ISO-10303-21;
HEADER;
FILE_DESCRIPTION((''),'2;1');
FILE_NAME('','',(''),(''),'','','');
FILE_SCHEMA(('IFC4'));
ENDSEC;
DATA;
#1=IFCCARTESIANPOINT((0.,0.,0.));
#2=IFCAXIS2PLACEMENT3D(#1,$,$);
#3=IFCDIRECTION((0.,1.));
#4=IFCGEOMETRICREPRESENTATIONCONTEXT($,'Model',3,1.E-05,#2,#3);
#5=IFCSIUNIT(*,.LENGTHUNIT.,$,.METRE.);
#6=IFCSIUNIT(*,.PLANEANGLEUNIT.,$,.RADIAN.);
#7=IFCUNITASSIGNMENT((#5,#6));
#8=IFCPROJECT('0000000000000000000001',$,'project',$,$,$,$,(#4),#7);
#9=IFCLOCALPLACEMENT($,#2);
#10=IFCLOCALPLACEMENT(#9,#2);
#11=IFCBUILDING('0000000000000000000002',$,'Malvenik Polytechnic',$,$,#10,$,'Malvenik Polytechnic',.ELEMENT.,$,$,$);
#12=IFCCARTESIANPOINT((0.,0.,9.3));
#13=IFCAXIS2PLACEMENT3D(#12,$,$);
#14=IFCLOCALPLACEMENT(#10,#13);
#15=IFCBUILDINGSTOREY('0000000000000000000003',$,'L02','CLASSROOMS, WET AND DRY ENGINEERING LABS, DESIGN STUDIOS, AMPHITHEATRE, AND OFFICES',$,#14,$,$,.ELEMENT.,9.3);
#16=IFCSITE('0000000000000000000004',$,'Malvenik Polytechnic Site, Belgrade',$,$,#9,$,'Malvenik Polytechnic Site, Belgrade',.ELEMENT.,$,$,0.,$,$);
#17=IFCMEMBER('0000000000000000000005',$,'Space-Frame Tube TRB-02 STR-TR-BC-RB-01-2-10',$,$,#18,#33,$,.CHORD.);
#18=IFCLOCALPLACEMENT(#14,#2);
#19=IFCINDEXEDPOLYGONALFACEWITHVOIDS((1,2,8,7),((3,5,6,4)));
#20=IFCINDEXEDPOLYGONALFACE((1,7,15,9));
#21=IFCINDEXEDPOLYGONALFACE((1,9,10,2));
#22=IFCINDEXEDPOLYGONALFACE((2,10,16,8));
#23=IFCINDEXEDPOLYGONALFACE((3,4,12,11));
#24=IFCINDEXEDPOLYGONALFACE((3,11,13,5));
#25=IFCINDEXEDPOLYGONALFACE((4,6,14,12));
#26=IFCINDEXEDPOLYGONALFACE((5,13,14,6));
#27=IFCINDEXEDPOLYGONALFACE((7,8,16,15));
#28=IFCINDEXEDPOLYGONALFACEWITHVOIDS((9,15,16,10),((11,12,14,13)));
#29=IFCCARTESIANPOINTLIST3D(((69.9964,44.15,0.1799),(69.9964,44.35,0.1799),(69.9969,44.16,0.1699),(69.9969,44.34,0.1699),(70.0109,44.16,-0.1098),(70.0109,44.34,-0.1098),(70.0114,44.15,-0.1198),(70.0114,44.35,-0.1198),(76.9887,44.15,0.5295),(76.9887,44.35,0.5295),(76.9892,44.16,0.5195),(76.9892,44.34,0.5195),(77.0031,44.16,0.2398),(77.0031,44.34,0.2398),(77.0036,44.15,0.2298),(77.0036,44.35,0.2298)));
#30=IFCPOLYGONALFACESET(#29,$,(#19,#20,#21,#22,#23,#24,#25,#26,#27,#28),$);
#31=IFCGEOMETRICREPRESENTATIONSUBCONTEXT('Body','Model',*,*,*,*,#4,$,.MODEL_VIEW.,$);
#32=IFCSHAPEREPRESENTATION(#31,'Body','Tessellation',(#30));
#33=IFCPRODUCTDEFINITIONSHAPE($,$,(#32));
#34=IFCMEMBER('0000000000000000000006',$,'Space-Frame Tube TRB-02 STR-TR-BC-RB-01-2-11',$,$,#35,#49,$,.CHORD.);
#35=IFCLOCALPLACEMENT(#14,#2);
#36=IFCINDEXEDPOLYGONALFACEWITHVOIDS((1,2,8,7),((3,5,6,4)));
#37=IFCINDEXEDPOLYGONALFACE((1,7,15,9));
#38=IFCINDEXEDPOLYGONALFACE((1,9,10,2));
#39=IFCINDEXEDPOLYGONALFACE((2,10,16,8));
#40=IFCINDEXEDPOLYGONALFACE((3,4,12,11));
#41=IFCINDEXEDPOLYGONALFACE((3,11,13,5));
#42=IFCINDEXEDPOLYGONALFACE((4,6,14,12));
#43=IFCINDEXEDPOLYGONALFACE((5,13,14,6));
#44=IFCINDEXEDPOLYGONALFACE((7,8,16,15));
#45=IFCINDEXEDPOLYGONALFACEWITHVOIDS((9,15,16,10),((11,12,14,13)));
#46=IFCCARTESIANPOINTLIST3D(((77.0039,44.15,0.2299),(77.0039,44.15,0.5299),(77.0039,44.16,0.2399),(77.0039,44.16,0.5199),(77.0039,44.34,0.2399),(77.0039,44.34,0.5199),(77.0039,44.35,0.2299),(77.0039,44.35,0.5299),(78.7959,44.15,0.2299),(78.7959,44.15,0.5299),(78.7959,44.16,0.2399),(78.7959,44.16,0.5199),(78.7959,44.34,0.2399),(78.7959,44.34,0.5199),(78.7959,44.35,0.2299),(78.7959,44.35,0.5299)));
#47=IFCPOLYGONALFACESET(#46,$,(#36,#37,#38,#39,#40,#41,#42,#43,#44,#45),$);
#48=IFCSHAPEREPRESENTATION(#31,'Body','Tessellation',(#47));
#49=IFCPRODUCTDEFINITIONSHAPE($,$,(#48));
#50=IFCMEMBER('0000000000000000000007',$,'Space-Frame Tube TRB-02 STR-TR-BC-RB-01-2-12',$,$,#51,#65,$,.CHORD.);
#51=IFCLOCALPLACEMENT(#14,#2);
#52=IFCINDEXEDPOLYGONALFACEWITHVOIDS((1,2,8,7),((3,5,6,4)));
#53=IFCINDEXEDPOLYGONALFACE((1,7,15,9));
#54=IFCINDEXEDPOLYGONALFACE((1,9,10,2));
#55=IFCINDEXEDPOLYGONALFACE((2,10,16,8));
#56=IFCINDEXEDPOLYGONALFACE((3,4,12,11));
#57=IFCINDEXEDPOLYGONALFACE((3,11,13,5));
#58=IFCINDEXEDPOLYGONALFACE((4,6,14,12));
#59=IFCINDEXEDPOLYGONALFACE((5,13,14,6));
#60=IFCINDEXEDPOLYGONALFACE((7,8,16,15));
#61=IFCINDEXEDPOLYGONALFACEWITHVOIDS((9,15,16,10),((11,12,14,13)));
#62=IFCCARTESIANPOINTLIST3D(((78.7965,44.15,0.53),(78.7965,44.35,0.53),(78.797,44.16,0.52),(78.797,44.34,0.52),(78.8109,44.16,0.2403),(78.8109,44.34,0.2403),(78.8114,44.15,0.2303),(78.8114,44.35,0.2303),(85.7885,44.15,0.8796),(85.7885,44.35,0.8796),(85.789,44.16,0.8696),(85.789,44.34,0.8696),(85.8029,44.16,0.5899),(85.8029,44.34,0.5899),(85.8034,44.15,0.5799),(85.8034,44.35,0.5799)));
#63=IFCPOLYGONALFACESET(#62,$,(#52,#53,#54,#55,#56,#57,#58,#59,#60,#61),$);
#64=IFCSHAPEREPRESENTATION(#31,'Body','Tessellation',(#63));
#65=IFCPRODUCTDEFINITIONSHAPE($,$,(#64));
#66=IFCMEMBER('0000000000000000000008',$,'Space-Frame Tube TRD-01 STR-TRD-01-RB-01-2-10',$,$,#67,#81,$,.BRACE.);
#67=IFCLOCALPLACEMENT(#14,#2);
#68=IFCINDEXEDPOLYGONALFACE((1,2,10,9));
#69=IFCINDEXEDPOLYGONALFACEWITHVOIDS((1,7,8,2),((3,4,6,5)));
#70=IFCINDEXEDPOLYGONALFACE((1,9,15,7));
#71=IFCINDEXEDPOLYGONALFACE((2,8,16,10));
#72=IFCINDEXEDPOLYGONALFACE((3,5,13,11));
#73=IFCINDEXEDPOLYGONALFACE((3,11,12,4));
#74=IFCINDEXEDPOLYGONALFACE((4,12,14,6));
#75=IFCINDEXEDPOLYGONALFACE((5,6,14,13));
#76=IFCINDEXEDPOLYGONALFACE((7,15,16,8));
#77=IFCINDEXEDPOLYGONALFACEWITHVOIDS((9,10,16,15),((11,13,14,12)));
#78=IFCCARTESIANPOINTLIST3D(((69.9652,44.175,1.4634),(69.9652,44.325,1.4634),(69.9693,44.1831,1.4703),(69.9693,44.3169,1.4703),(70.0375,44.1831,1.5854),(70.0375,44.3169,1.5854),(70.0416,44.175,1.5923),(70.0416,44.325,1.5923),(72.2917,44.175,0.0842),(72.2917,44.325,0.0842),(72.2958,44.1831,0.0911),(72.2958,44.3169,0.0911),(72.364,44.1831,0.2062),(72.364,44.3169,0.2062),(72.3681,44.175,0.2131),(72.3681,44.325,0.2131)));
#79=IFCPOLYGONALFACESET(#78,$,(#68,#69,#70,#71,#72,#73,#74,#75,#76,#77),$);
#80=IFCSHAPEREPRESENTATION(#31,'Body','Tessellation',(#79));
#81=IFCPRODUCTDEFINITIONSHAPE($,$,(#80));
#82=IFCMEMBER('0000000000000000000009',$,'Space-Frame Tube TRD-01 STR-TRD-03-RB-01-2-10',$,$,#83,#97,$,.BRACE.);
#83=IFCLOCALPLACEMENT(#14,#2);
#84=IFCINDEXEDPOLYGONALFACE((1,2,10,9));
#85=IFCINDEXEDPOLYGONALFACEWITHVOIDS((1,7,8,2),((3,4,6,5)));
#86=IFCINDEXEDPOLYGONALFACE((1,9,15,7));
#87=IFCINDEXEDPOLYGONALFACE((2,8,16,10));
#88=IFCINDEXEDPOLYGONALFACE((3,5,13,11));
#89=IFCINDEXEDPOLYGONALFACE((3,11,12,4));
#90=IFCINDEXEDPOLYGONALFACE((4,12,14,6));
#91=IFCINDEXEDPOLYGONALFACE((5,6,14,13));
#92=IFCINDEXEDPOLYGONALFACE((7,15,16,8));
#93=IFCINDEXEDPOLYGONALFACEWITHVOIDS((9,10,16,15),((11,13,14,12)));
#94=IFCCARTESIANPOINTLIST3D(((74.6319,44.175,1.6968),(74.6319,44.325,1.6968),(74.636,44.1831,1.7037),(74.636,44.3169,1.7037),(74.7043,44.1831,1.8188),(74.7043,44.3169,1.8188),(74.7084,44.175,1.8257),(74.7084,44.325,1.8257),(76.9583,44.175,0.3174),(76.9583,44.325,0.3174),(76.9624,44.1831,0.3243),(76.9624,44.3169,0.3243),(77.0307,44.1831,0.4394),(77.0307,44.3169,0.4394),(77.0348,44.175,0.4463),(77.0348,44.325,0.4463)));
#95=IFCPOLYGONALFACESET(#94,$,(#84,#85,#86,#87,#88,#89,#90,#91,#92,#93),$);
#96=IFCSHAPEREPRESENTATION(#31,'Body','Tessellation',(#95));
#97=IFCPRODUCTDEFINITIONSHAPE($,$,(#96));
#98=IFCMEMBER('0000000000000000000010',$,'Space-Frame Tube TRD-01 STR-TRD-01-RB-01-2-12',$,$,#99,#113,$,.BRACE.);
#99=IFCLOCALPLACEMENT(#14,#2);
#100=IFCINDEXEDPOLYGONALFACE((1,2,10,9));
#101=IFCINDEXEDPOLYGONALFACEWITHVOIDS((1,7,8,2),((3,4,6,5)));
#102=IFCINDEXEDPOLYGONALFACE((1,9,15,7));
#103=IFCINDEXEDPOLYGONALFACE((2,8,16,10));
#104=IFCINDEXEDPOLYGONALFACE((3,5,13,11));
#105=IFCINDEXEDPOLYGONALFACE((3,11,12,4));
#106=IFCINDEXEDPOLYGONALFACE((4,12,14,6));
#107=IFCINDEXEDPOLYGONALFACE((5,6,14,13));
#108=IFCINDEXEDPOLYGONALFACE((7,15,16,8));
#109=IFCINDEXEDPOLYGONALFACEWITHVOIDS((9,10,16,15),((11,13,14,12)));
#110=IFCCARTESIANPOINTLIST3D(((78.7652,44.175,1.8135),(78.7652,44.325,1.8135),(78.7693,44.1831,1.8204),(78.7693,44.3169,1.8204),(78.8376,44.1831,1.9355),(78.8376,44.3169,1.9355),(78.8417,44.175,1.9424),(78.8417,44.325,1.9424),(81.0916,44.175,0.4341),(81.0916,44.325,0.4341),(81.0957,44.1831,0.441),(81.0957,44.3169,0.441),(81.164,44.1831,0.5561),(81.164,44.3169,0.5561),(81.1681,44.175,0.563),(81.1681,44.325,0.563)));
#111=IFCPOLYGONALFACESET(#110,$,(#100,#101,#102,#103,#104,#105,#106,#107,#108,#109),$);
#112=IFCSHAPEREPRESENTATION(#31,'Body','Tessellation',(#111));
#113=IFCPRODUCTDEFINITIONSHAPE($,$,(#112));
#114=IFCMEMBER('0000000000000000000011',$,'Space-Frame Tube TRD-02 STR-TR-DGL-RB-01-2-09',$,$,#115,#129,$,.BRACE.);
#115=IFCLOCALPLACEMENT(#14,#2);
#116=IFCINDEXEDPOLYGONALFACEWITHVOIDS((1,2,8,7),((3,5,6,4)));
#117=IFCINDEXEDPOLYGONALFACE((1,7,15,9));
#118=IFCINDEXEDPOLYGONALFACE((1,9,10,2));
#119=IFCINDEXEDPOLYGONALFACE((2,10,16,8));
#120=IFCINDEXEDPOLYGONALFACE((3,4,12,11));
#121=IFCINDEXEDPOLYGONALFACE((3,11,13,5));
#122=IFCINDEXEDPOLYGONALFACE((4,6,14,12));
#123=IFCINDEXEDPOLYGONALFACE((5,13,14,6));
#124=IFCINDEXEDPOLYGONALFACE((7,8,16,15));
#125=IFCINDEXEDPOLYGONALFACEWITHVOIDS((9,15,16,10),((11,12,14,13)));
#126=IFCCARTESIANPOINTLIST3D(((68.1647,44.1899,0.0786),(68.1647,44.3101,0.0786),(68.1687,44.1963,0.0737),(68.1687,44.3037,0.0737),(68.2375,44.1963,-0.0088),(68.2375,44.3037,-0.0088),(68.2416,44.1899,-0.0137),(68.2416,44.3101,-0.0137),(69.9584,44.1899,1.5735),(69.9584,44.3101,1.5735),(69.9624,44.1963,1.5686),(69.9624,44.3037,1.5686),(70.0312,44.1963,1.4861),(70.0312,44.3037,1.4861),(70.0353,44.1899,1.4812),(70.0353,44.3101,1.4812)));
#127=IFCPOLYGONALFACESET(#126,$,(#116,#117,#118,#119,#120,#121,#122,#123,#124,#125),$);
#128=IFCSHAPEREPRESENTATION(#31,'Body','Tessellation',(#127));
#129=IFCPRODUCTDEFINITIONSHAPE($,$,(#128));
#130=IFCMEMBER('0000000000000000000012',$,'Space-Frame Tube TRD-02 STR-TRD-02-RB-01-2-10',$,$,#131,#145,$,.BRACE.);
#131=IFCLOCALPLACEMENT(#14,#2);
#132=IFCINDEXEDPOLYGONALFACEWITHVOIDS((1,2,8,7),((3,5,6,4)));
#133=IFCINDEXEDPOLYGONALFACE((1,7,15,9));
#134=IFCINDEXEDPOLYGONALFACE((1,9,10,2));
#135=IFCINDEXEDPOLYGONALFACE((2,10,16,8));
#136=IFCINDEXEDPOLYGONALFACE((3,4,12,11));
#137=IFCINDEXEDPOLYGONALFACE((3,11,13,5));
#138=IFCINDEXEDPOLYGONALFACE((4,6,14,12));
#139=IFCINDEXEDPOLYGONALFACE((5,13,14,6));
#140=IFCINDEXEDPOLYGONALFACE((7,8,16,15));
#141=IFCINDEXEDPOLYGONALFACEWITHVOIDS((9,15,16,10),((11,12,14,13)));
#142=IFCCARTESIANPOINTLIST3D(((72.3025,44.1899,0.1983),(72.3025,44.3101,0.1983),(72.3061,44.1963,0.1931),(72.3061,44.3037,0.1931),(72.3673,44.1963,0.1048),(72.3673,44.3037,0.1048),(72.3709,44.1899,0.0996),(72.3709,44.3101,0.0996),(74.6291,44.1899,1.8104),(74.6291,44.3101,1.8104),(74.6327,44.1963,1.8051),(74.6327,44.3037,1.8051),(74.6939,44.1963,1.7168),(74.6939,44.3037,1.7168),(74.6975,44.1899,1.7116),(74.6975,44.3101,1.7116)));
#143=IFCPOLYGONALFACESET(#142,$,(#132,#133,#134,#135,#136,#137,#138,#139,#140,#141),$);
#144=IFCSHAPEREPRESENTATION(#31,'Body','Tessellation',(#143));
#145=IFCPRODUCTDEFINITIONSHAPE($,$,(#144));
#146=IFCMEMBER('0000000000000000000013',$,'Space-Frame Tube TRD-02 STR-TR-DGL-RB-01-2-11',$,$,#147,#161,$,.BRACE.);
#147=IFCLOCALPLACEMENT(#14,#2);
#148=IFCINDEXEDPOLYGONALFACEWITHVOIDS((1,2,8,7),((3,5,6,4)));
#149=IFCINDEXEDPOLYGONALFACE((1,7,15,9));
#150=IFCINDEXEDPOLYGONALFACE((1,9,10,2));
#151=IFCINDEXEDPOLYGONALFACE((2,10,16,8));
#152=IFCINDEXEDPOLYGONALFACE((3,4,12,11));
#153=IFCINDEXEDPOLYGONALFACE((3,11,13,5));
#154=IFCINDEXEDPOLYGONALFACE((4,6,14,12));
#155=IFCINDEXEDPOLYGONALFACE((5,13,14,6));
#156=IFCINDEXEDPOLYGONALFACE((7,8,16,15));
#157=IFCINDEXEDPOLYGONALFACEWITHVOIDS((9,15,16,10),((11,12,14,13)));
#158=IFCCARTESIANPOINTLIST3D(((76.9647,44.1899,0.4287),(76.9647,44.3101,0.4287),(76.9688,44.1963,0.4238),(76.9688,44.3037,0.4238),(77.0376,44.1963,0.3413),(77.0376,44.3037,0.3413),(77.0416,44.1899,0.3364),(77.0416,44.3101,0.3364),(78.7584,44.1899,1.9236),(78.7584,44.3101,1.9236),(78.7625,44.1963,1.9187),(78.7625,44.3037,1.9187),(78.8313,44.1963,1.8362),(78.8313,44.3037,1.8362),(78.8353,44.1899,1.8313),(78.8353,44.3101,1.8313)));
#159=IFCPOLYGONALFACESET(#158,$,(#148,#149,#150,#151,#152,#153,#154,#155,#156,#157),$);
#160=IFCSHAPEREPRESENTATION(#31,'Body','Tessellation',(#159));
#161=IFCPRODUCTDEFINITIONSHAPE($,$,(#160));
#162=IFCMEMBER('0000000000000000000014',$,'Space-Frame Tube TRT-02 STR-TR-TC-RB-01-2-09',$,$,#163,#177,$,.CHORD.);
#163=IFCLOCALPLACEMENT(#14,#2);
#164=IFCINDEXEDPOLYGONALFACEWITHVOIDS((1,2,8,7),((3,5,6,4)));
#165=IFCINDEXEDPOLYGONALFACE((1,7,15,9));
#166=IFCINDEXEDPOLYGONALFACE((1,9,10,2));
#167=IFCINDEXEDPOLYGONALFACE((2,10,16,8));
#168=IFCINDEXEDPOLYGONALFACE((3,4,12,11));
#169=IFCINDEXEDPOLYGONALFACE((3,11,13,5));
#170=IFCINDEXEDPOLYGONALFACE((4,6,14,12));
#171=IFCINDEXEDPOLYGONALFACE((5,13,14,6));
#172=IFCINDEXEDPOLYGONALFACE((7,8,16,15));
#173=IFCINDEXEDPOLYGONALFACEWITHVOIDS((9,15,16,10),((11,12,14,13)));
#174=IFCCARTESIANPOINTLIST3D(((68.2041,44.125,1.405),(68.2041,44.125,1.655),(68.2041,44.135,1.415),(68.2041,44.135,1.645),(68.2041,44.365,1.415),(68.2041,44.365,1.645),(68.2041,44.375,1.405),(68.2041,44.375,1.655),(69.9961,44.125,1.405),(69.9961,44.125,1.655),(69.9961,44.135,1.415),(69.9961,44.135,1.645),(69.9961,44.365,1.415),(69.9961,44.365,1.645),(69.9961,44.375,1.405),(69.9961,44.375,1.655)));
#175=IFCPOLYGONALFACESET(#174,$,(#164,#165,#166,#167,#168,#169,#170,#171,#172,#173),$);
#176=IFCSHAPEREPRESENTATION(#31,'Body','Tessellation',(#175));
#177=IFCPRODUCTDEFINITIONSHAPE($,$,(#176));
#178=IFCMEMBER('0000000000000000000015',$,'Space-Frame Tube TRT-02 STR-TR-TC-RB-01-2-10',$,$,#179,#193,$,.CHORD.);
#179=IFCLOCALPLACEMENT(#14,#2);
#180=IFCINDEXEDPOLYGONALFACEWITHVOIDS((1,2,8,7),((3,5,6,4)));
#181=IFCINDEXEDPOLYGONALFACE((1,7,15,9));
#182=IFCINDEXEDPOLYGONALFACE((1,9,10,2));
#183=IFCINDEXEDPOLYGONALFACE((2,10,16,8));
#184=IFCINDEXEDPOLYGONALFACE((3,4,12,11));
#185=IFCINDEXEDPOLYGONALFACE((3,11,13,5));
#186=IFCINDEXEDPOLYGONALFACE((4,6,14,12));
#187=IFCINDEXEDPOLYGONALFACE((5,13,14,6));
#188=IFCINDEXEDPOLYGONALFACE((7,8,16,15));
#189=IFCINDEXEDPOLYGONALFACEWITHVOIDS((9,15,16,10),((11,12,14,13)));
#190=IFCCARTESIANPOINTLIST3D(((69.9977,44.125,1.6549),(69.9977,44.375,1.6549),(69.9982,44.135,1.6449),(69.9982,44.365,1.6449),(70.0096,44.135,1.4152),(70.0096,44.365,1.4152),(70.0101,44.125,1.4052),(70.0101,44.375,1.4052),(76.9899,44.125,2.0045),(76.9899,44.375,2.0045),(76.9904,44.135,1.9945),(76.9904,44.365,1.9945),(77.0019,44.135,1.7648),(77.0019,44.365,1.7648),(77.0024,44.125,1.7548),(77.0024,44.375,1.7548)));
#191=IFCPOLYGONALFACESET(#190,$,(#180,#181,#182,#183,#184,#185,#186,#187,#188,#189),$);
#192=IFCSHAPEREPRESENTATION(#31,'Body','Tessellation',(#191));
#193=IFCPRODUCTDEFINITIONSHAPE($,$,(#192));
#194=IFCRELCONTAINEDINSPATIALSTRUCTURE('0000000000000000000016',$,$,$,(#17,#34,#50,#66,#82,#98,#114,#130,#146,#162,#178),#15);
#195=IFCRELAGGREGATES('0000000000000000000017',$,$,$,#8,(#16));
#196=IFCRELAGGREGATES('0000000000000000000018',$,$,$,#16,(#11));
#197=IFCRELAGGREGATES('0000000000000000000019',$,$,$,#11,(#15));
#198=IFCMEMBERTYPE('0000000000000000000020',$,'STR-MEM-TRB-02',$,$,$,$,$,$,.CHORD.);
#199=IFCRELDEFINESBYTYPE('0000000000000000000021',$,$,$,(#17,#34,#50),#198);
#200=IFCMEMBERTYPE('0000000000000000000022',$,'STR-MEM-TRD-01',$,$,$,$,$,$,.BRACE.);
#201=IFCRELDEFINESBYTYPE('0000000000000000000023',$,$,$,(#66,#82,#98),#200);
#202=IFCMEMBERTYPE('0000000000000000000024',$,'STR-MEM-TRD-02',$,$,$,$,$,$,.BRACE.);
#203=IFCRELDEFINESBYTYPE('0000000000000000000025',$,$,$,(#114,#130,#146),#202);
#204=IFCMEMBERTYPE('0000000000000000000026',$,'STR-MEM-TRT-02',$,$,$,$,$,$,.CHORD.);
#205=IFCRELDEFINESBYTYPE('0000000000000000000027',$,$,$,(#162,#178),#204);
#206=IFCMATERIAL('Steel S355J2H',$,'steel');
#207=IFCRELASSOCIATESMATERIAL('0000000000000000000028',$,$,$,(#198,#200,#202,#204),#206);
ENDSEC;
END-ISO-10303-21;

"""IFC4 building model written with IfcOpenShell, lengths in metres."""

from ifc_helpers import new_model, si_unit, direction, frame, origin, origin_2d, place, context, subcontext, project, spatial, hollow_rectangle, extrude, material, material_profile, profile_set, type_object, element, save


model = new_model("IFC4")

# Units and contexts
model_context = context("Model", 3, precision=1e-05, world=origin(), true_north=direction((0.0, 1.0)))
body_context = subcontext(model_context, "Body", "Model", "MODEL_VIEW")
ifc_project = project(units=[si_unit("LENGTHUNIT", "METRE"), si_unit("PLANEANGLEUNIT", "RADIAN")], contexts=[model_context])

# Site, building, storey
site_placement = place(None, origin())
site = spatial("IfcSite", under=ifc_project, at=site_placement, Name="Malvenik Polytechnic Site, Belgrade", LongName="Malvenik Polytechnic Site, Belgrade", CompositionType="ELEMENT", RefElevation=0.0)
building_placement = place(site_placement, origin())
building = spatial("IfcBuilding", under=site, at=building_placement, Name="Malvenik Polytechnic", LongName="Malvenik Polytechnic", CompositionType="ELEMENT")
storey_placement = place(building_placement, frame((0.0, 0.0, 9.3)))
storey = spatial("IfcBuildingStorey", under=building, at=storey_placement, Name="L02", Description="CLASSROOMS, WET AND DRY ENGINEERING LABS, DESIGN STUDIOS, AMPHITHEATRE, AND OFFICES", CompositionType="ELEMENT", Elevation=9.3)

# Shared definitions
ifc_material_1 = material(Name="Steel S355J2H", Category="steel")

# Members
ifc_material_profile_1 = material_profile(ifc_material_1, hollow_rectangle(XDim=0.2, YDim=0.3, WallThickness=0.01, at=origin_2d()), Name="RHS 300x200x10.0")
ifc_profile_set_1 = profile_set([ifc_material_profile_1], Name="Steel S355J2H")
member_type_1 = type_object("IfcMemberType", Name="STR-MEM-TRB-02", PredefinedType="CHORD", material=ifc_profile_set_1)
member_1_placement = place(storey_placement, frame((70.0039, 44.25, 0.03), z_axis=(0.998752, 0.0, 0.049938), x_axis=(0.0, 1.0, 0.0)))
element("IfcMember", 1, at=member_1_placement, inside=storey, type_object=member_type_1, Name="Space-Frame Tube TRB-02 STR-TR-BC-RB-01-2-10", PredefinedType="CHORD", context=body_context, shape_type="SweptSolid", body=[
    extrude(hollow_rectangle(XDim=0.2, YDim=0.3, WallThickness=0.01, at=origin_2d()), origin(), (0.0, 0.0, 1.0), 7.001),
])
member_2_placement = place(storey_placement, frame((77.0039, 44.25, 0.3799), z_axis=(1.0, 0.0, 0.0), x_axis=(0.0, 1.0, 0.0)))
element("IfcMember", 2, at=member_2_placement, inside=storey, type_object=member_type_1, Name="Space-Frame Tube TRB-02 STR-TR-BC-RB-01-2-11", PredefinedType="CHORD", context=body_context, shape_type="SweptSolid", body=[
    extrude(hollow_rectangle(XDim=0.2, YDim=0.3, WallThickness=0.01, at=origin_2d()), origin(), (0.0, 0.0, 1.0), 1.792),
])
member_3_placement = place(storey_placement, frame((78.804, 44.25, 0.3801), z_axis=(0.998752, 0.0, 0.049939), x_axis=(0.0, 1.0, 0.0)))
element("IfcMember", 3, at=member_3_placement, inside=storey, type_object=member_type_1, Name="Space-Frame Tube TRB-02 STR-TR-BC-RB-01-2-12", PredefinedType="CHORD", context=body_context, shape_type="SweptSolid", body=[
    extrude(hollow_rectangle(XDim=0.2, YDim=0.3, WallThickness=0.01, at=origin_2d()), origin(), (0.0, 0.0, 1.0), 7.0007),
])
ifc_material_profile_2 = material_profile(ifc_material_1, hollow_rectangle(XDim=0.1499, YDim=0.1499, WallThickness=0.0081, at=origin_2d()), Name="SHS 150x150x8.0")
ifc_profile_set_2 = profile_set([ifc_material_profile_2], Name="Steel S355J2H")
member_type_2 = type_object("IfcMemberType", Name="STR-MEM-TRD-01", PredefinedType="BRACE", material=ifc_profile_set_2)
for number, where, z_axis, x_axis, name in (
    (4, (70.0034, 44.25, 1.5278), (0.860205, 0.0, -0.509948), (0.0, 1.0, 0.0), "Space-Frame Tube TRD-01 STR-TRD-01-RB-01-2-10"),
    (5, (74.6702, 44.25, 1.7612), (0.860165, 0.0, -0.510015), (0.0, 1.0, 0.0), "Space-Frame Tube TRD-01 STR-TRD-03-RB-01-2-10"),
    (6, (78.8035, 44.25, 1.8779), (0.860165, 0.0, -0.510015), (0.0, 1.0, 0.0), "Space-Frame Tube TRD-01 STR-TRD-01-RB-01-2-12"),
):
    element("IfcMember", number, at=place(storey_placement, frame(where, z_axis=z_axis, x_axis=x_axis)), inside=storey, type_object=member_type_2, Name=name, PredefinedType="BRACE", context=body_context, shape_type="SweptSolid", body=[
        extrude(hollow_rectangle(XDim=0.1499, YDim=0.1499, WallThickness=0.0081, at=origin_2d()), origin(), (0.0, 0.0, 1.0), 2.7046),
    ])
ifc_material_profile_3 = material_profile(ifc_material_1, hollow_rectangle(XDim=0.1201, YDim=0.1201, WallThickness=0.0063, at=origin_2d()), Name="SHS 120x120x6.3")
ifc_profile_set_3 = profile_set([ifc_material_profile_3], Name="Steel S355J2H")
member_type_3 = type_object("IfcMemberType", Name="STR-MEM-TRD-02", PredefinedType="BRACE", material=ifc_profile_set_3)
member_4_placement = place(storey_placement, frame((68.2031, 44.25, 0.0325), z_axis=(0.768196, 0.0, 0.640215), x_axis=(0.0, 1.0, 0.0)))
element("IfcMember", 7, at=member_4_placement, inside=storey, type_object=member_type_3, Name="Space-Frame Tube TRD-02 STR-TR-DGL-RB-01-2-09", PredefinedType="BRACE", context=body_context, shape_type="SweptSolid", body=[
    extrude(hollow_rectangle(XDim=0.1201, YDim=0.1201, WallThickness=0.0063, at=origin_2d()), origin(), (0.0, 0.0, 1.0), 2.335),
])
member_5_placement = place(storey_placement, frame((72.3367, 44.25, 0.1489), z_axis=(0.821978, 0.0, 0.569519), x_axis=(0.0, 1.0, 0.0)))
element("IfcMember", 8, at=member_5_placement, inside=storey, type_object=member_type_3, Name="Space-Frame Tube TRD-02 STR-TRD-02-RB-01-2-10", PredefinedType="BRACE", context=body_context, shape_type="SweptSolid", body=[
    extrude(hollow_rectangle(XDim=0.1201, YDim=0.1201, WallThickness=0.0063, at=origin_2d()), origin(), (0.0, 0.0, 1.0), 2.8306),
])
member_6_placement = place(storey_placement, frame((77.0032, 44.25, 0.3826), z_axis=(0.768196, 0.0, 0.640215), x_axis=(0.0, 1.0, 0.0)))
element("IfcMember", 9, at=member_6_placement, inside=storey, type_object=member_type_3, Name="Space-Frame Tube TRD-02 STR-TR-DGL-RB-01-2-11", PredefinedType="BRACE", context=body_context, shape_type="SweptSolid", body=[
    extrude(hollow_rectangle(XDim=0.1201, YDim=0.1201, WallThickness=0.0063, at=origin_2d()), origin(), (0.0, 0.0, 1.0), 2.335),
])
ifc_material_profile_4 = material_profile(ifc_material_1, hollow_rectangle(XDim=0.25, YDim=0.25, WallThickness=0.01, at=origin_2d()), Name="SHS 250x250x10.0")
ifc_profile_set_4 = profile_set([ifc_material_profile_4], Name="Steel S355J2H")
member_type_4 = type_object("IfcMemberType", Name="STR-MEM-TRT-02", PredefinedType="CHORD", material=ifc_profile_set_4)
member_7_placement = place(storey_placement, frame((68.2041, 44.25, 1.53), z_axis=(1.0, 0.0, 0.0), x_axis=(0.0, 1.0, 0.0)))
element("IfcMember", 10, at=member_7_placement, inside=storey, type_object=member_type_4, Name="Space-Frame Tube TRT-02 STR-TR-TC-RB-01-2-09", PredefinedType="CHORD", context=body_context, shape_type="SweptSolid", body=[
    extrude(hollow_rectangle(XDim=0.25, YDim=0.25, WallThickness=0.01, at=origin_2d()), origin(), (0.0, 0.0, 1.0), 1.792),
])
member_8_placement = place(storey_placement, frame((70.0039, 44.25, 1.53), z_axis=(0.998752, 0.0, 0.049938), x_axis=(0.0, 1.0, 0.0)))
element("IfcMember", 11, at=member_8_placement, inside=storey, type_object=member_type_4, Name="Space-Frame Tube TRT-02 STR-TR-TC-RB-01-2-10", PredefinedType="CHORD", context=body_context, shape_type="SweptSolid", body=[
    extrude(hollow_rectangle(XDim=0.25, YDim=0.25, WallThickness=0.01, at=origin_2d()), origin(), (0.0, 0.0, 1.0), 7.001),
])

save(model, "model.ifc")
